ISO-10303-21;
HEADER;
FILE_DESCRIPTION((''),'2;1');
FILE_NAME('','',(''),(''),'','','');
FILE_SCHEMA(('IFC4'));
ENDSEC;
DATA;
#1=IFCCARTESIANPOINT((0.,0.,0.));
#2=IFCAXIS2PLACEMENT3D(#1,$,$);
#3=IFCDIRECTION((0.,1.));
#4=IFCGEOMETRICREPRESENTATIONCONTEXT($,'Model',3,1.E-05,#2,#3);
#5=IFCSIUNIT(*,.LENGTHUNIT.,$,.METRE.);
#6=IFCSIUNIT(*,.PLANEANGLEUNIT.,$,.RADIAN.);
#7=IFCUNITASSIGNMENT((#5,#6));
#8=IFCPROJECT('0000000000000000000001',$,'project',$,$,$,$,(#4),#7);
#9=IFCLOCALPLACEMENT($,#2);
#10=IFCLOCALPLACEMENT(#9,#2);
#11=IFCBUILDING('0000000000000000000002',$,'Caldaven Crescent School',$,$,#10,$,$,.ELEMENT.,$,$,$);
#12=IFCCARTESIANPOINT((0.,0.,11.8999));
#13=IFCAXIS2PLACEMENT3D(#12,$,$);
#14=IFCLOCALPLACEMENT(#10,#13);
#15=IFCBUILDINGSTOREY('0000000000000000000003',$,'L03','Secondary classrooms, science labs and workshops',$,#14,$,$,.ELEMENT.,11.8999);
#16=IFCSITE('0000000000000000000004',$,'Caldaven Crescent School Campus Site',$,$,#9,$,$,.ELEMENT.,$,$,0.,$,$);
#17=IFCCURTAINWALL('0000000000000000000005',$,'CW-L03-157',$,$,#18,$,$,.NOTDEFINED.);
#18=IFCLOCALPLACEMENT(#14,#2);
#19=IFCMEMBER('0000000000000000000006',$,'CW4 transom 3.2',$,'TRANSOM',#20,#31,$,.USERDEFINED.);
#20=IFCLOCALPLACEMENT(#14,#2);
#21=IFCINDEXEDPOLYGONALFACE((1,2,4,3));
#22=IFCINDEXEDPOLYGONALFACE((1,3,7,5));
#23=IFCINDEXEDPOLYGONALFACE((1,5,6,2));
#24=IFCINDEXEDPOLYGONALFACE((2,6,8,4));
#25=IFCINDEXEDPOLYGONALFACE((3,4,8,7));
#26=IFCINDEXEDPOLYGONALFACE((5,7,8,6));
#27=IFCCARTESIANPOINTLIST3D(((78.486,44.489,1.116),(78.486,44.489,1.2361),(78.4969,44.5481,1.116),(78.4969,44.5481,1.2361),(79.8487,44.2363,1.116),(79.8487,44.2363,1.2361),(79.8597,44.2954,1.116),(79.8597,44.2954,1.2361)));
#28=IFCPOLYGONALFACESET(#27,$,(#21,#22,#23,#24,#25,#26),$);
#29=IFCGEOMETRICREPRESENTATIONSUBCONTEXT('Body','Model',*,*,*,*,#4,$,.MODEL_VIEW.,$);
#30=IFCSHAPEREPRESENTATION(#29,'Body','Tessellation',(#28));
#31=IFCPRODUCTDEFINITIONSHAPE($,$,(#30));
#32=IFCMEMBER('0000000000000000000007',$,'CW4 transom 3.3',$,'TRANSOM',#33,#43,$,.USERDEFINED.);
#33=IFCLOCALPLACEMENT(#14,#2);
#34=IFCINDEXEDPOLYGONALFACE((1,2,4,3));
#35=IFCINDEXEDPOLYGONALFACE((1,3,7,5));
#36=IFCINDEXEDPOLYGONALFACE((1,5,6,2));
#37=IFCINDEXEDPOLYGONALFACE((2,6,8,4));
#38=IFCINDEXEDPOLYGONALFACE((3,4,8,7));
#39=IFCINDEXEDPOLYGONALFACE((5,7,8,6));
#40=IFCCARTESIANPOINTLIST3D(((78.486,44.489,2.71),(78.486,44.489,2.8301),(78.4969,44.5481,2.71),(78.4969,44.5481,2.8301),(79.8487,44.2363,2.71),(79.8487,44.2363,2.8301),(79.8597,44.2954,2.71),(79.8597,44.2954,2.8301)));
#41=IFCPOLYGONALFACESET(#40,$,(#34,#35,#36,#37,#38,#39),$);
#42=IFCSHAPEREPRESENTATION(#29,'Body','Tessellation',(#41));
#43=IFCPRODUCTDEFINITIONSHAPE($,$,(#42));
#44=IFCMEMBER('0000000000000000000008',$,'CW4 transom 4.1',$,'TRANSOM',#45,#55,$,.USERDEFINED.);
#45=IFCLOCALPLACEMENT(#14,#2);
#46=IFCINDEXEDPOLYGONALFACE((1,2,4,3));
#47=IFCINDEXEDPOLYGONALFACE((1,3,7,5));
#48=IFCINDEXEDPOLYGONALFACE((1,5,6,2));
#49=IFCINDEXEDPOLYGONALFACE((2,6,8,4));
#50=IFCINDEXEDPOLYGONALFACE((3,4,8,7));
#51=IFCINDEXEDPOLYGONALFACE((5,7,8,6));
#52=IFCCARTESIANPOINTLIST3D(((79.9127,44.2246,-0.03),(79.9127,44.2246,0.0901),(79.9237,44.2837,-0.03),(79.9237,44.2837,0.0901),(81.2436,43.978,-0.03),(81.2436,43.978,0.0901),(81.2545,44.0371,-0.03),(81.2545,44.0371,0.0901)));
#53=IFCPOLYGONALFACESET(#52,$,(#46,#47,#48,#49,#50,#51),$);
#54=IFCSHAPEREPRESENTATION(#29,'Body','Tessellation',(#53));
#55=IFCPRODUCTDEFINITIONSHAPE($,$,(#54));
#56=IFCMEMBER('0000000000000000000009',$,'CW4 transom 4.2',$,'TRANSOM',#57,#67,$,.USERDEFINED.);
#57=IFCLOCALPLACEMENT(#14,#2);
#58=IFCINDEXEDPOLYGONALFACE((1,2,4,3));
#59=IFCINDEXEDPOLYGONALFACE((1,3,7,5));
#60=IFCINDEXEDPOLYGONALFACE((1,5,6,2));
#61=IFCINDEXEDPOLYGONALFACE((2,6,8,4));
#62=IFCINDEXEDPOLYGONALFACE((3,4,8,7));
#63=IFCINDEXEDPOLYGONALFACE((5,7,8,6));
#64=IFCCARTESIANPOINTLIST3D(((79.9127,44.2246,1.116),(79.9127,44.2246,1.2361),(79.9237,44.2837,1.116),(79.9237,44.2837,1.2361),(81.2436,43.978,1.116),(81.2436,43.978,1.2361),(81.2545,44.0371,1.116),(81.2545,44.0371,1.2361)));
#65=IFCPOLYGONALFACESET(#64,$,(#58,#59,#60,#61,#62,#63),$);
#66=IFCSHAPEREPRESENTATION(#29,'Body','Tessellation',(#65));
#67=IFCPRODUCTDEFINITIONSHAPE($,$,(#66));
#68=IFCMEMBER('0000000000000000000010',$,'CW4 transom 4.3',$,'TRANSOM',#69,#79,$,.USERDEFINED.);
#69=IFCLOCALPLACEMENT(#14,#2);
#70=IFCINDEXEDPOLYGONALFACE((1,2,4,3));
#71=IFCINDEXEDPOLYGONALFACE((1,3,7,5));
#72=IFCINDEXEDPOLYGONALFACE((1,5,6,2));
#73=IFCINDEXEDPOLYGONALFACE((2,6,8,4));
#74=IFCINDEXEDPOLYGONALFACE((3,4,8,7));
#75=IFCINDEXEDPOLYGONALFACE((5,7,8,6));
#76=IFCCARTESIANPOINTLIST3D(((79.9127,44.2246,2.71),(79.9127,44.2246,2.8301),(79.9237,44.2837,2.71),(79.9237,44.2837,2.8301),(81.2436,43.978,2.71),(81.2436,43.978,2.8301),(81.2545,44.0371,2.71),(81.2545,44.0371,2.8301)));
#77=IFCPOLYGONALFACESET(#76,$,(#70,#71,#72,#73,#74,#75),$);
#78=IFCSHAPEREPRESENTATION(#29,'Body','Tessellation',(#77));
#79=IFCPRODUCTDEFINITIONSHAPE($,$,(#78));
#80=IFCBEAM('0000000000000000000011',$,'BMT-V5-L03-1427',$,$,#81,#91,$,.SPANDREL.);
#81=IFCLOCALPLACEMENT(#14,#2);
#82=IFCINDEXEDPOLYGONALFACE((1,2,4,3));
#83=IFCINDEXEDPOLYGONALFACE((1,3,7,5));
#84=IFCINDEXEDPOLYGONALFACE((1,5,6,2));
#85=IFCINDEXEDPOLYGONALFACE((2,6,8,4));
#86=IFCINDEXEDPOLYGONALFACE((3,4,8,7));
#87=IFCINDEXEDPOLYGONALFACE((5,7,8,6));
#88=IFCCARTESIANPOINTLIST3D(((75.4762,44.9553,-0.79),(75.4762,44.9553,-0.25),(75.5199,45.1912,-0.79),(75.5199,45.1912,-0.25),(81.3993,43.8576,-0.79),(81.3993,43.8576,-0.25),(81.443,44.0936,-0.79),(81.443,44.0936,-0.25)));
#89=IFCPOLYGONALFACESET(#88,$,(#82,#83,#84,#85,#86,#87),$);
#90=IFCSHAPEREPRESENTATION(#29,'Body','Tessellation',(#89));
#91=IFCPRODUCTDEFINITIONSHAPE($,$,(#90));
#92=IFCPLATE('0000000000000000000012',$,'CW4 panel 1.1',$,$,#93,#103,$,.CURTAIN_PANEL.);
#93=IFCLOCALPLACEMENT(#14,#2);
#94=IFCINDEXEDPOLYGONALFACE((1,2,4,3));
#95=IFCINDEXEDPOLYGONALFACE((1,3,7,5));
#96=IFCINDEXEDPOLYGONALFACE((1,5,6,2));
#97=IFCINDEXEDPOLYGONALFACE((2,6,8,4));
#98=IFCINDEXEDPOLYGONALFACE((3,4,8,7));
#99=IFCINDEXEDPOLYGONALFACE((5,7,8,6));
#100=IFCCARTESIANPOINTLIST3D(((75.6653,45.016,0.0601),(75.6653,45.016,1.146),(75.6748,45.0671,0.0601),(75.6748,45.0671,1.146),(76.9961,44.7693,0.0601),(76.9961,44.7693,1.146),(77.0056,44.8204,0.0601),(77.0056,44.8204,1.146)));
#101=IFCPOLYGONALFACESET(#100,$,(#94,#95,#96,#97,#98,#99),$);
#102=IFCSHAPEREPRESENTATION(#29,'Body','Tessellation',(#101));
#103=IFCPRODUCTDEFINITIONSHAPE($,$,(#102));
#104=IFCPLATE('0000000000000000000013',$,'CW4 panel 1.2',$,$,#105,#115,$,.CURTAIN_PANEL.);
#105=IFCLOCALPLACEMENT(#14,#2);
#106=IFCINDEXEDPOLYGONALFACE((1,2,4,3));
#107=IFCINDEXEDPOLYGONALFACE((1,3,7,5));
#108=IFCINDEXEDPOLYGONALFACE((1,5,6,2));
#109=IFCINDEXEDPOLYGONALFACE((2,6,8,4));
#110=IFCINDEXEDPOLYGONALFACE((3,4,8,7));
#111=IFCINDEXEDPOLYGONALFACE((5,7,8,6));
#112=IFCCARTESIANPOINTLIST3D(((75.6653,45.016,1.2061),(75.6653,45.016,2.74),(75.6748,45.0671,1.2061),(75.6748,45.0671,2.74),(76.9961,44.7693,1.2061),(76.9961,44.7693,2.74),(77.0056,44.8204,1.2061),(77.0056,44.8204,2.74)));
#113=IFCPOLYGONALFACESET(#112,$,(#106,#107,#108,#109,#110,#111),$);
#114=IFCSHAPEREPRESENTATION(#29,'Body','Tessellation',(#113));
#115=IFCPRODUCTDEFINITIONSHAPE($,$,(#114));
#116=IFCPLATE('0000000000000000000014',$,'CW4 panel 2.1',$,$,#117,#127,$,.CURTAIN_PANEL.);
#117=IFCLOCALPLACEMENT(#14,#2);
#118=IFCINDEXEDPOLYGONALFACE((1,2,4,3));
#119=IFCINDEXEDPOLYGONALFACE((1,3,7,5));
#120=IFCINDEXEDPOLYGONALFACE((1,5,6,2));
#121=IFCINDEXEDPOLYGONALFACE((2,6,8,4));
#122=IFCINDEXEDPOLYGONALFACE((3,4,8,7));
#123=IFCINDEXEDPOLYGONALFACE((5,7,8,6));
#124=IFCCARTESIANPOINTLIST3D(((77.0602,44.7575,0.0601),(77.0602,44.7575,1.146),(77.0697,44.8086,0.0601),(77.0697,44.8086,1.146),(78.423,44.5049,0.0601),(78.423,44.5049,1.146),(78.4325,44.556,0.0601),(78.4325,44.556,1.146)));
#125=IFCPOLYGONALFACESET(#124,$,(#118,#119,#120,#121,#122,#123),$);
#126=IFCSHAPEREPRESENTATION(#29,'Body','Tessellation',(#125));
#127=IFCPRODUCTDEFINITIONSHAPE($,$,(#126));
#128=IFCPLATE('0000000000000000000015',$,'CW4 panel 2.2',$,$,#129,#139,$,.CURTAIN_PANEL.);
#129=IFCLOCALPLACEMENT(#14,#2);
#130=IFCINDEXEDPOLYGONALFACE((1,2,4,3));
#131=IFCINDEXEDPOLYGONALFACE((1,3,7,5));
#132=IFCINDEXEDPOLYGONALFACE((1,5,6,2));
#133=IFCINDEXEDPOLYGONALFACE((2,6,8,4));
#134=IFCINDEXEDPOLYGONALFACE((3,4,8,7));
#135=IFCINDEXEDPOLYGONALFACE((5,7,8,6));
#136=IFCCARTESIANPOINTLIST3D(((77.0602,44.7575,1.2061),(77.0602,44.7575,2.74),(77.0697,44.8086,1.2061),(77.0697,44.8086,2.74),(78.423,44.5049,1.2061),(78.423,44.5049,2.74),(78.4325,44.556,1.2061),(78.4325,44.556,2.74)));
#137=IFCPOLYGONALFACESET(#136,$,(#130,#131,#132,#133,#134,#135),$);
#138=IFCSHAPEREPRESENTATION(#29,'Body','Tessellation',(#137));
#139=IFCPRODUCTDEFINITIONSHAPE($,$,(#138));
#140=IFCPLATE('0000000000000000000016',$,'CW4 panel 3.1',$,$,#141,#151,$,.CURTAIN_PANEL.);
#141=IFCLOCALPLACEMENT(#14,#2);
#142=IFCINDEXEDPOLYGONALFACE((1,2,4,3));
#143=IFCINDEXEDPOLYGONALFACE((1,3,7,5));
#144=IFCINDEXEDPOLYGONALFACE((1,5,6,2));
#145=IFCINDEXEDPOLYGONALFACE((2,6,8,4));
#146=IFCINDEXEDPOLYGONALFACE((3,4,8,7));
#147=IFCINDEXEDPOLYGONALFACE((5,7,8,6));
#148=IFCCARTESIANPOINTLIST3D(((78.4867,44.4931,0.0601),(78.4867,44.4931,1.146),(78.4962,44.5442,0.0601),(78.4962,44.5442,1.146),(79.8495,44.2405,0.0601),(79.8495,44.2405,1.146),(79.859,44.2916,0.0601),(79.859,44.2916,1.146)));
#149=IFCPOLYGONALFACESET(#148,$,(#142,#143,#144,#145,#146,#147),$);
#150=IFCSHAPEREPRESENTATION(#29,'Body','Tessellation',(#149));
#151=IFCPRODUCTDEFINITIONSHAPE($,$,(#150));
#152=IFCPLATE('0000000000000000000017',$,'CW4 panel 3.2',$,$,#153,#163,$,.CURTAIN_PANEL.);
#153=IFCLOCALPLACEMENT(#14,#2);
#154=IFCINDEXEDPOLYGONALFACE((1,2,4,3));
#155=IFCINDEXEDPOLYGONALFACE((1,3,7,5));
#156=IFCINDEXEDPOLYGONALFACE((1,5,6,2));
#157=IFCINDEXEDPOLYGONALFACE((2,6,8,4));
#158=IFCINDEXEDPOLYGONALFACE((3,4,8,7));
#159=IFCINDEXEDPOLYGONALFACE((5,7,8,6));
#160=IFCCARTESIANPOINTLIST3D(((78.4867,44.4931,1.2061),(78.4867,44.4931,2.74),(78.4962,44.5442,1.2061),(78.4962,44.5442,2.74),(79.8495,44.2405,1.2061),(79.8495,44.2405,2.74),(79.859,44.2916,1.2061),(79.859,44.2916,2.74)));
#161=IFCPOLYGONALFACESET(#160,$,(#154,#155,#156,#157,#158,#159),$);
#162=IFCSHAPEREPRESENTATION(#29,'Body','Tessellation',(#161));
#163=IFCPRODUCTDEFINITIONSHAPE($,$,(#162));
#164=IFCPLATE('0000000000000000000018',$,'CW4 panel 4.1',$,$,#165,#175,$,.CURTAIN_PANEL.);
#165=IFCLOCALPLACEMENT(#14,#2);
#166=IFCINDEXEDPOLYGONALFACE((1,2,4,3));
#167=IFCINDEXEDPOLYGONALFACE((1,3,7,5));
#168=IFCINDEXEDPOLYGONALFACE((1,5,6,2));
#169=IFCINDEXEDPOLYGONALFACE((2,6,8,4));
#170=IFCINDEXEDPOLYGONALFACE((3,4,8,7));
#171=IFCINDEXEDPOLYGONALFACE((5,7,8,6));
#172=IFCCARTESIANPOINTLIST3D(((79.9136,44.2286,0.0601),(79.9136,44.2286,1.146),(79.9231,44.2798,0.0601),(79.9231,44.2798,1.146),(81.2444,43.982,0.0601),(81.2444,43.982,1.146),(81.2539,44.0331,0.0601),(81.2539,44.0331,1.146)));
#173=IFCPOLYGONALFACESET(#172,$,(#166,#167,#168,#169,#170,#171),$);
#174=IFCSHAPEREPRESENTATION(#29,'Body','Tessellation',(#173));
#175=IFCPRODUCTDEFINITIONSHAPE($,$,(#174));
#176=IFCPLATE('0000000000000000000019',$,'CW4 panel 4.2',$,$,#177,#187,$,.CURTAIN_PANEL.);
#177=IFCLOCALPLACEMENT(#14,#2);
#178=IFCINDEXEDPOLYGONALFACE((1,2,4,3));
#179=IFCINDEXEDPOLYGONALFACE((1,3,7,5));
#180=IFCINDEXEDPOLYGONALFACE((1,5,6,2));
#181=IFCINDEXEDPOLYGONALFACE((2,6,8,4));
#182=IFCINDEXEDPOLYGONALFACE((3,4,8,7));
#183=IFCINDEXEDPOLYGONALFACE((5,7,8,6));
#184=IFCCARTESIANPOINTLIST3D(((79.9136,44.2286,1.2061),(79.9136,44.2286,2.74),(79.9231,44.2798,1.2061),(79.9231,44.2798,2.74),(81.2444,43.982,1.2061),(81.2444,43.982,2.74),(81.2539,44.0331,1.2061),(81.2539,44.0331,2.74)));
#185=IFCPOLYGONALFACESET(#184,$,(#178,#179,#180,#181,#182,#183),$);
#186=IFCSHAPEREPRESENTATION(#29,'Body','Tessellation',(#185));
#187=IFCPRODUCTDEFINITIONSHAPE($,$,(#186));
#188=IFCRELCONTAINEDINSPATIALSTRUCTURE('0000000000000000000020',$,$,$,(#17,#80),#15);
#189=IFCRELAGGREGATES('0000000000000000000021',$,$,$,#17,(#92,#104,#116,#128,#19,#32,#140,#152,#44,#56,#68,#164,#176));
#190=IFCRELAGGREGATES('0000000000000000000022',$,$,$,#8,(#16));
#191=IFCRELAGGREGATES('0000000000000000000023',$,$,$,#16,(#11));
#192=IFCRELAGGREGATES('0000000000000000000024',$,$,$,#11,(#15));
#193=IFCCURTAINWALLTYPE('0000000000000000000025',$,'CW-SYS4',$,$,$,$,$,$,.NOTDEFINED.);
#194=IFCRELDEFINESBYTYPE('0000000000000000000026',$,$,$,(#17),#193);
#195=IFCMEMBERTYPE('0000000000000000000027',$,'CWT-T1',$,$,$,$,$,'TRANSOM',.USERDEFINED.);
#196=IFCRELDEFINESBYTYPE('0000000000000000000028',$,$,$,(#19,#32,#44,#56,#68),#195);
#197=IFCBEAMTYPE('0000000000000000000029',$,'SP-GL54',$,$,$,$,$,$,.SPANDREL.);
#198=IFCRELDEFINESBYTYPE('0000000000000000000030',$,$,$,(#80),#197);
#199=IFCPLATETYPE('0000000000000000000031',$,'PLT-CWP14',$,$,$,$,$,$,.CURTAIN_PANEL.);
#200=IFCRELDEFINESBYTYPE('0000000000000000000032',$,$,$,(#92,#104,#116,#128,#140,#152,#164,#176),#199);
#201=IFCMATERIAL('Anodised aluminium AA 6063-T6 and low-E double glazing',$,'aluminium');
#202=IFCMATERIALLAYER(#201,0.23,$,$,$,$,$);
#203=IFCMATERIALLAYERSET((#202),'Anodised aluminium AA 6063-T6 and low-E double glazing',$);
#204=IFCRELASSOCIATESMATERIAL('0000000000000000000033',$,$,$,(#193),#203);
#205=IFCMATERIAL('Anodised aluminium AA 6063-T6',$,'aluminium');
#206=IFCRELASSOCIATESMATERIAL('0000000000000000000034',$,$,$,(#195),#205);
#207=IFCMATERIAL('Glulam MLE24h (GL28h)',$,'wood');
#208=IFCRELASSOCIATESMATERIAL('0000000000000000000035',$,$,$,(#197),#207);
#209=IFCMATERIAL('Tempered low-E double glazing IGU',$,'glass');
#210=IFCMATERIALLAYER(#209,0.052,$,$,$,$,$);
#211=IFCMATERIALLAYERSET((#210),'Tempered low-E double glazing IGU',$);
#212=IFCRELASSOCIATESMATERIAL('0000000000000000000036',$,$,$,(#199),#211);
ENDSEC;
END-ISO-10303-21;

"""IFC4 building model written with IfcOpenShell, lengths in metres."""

from ifc_helpers import new_model, si_unit, direction, frame, origin, origin_2d, place, context, subcontext, project, spatial, rectangle, extrude, material, layer, layer_set, material_profile, profile_set, type_object, element, aggregate, save


model = new_model("IFC4")

# Units and contexts
model_context = context("Model", 3, precision=1e-05, world=origin(), true_north=direction((0.0, 1.0)))
body_context = subcontext(model_context, "Body", "Model", "MODEL_VIEW")
ifc_project = project(units=[si_unit("LENGTHUNIT", "METRE"), si_unit("PLANEANGLEUNIT", "RADIAN")], contexts=[model_context])

# Site, building, storey
site_placement = place(None, origin())
site = spatial("IfcSite", under=ifc_project, at=site_placement, Name="Caldaven Crescent School Campus Site", CompositionType="ELEMENT", RefElevation=0.0)
building_placement = place(site_placement, origin())
building = spatial("IfcBuilding", under=site, at=building_placement, Name="Caldaven Crescent School", CompositionType="ELEMENT")
storey_placement = place(building_placement, frame((0.0, 0.0, 11.8999)))
storey = spatial("IfcBuildingStorey", under=building, at=storey_placement, Name="L03", Description="Secondary classrooms, science labs and workshops", CompositionType="ELEMENT", Elevation=11.8999)

# Shared definitions
ifc_material_1 = material(Name="Glulam MLE24h (GL28h)", Category="wood")

# Shared definitions
ifc_material_2 = material(Name="Anodised aluminium AA 6063-T6 and low-E double glazing", Category="aluminium")
ifc_material_3 = material(Name="Anodised aluminium AA 6063-T6", Category="aluminium")

# Curtain wall, members
ifc_layer_1 = layer(ifc_material_2, 0.23)
ifc_layer_set_1 = layer_set([ifc_layer_1], Name="Anodised aluminium AA 6063-T6 and low-E double glazing")
curtain_wall_type_1 = type_object("IfcCurtainWallType", Name="CW-SYS4", PredefinedType="NOTDEFINED", material=ifc_layer_set_1)
curtain_wall_1_placement = place(storey_placement, origin())
curtain_wall_1 = element("IfcCurtainWall", 1, at=curtain_wall_1_placement, inside=storey, type_object=curtain_wall_type_1, Name="CW-L03-157", PredefinedType="NOTDEFINED")
ifc_material_profile_1 = material_profile(ifc_material_3, rectangle(XDim=0.0601, YDim=0.1201, at=origin_2d()), Name="CWT 60x120")
ifc_profile_set_1 = profile_set([ifc_material_profile_1], Name="Anodised aluminium AA 6063-T6")
member_type_1 = type_object("IfcMemberType", Name="CWT-T1", ElementType="TRANSOM", PredefinedType="USERDEFINED", material=ifc_profile_set_1)
member_1_placement = place(storey_placement, frame((78.4915, 44.5186, 1.176), z_axis=(0.983241, -0.18231, 0.0), x_axis=(0.18231, 0.983241, 0.0)))
member_1 = element("IfcMember", 2, at=member_1_placement, type_object=member_type_1, Name="CW4 transom 3.2", ObjectType="TRANSOM", PredefinedType="USERDEFINED", context=body_context, shape_type="SweptSolid", body=[
    extrude(rectangle(XDim=0.0601, YDim=0.1201, at=origin_2d()), origin(), (0.0, 0.0, 1.0), 1.386),
])
member_2_placement = place(storey_placement, frame((78.4915, 44.5186, 2.77), z_axis=(0.983241, -0.18231, 0.0), x_axis=(0.18231, 0.983241, 0.0)))
member_2 = element("IfcMember", 3, at=member_2_placement, type_object=member_type_1, Name="CW4 transom 3.3", ObjectType="TRANSOM", PredefinedType="USERDEFINED", context=body_context, shape_type="SweptSolid", body=[
    extrude(rectangle(XDim=0.0601, YDim=0.1201, at=origin_2d()), origin(), (0.0, 0.0, 1.0), 1.386),
])
member_3_placement = place(storey_placement, frame((79.9182, 44.2542, 0.03), z_axis=(0.983264, -0.182186, 0.0), x_axis=(0.182186, 0.983264, 0.0)))
member_3 = element("IfcMember", 4, at=member_3_placement, type_object=member_type_1, Name="CW4 transom 4.1", ObjectType="TRANSOM", PredefinedType="USERDEFINED", context=body_context, shape_type="SweptSolid", body=[
    extrude(rectangle(XDim=0.0601, YDim=0.1201, at=origin_2d()), origin(), (0.0, 0.0, 1.0), 1.3535),
])
member_4_placement = place(storey_placement, frame((79.9182, 44.2542, 1.176), z_axis=(0.983264, -0.182186, 0.0), x_axis=(0.182186, 0.983264, 0.0)))
member_4 = element("IfcMember", 5, at=member_4_placement, type_object=member_type_1, Name="CW4 transom 4.2", ObjectType="TRANSOM", PredefinedType="USERDEFINED", context=body_context, shape_type="SweptSolid", body=[
    extrude(rectangle(XDim=0.0601, YDim=0.1201, at=origin_2d()), origin(), (0.0, 0.0, 1.0), 1.3535),
])
member_5_placement = place(storey_placement, frame((79.9182, 44.2542, 2.77), z_axis=(0.983264, -0.182186, 0.0), x_axis=(0.182186, 0.983264, 0.0)))
member_5 = element("IfcMember", 6, at=member_5_placement, type_object=member_type_1, Name="CW4 transom 4.3", ObjectType="TRANSOM", PredefinedType="USERDEFINED", context=body_context, shape_type="SweptSolid", body=[
    extrude(rectangle(XDim=0.0601, YDim=0.1201, at=origin_2d()), origin(), (0.0, 0.0, 1.0), 1.3535),
])

# Beam
ifc_material_profile_2 = material_profile(ifc_material_1, rectangle(XDim=0.24, YDim=0.54, at=origin_2d()), Name="MLE 240x540")
ifc_profile_set_2 = profile_set([ifc_material_profile_2], Name="Glulam MLE24h (GL28h)")
beam_type_1 = type_object("IfcBeamType", Name="SP-GL54", PredefinedType="SPANDREL", material=ifc_profile_set_2)
beam_1_placement = place(storey_placement, frame((75.498, 45.0732, -0.52), z_axis=(0.983259, -0.182216, 0.0), x_axis=(0.182216, 0.983259, 0.0)))
element("IfcBeam", 7, at=beam_1_placement, inside=storey, type_object=beam_type_1, Name="BMT-V5-L03-1427", PredefinedType="SPANDREL", context=body_context, shape_type="SweptSolid", body=[
    extrude(rectangle(XDim=0.24, YDim=0.54, at=origin_2d()), origin(), (0.0, 0.0, 1.0), 6.0239),
])

# Plates
ifc_material_4 = material(Name="Tempered low-E double glazing IGU", Category="glass")
ifc_layer_2 = layer(ifc_material_4, 0.052)
ifc_layer_set_2 = layer_set([ifc_layer_2], Name="Tempered low-E double glazing IGU")
plate_type = type_object("IfcPlateType", Name="PLT-CWP14", PredefinedType="CURTAIN_PANEL", material=ifc_layer_set_2)
plate_1_placement = place(storey_placement, frame((76.3354, 44.9182, 0.0601), z_axis=(0.0, 0.0, 1.0), x_axis=(0.983255, -0.182236, 0.0)))
plate_1 = element("IfcPlate", 8, at=plate_1_placement, type_object=plate_type, Name="CW4 panel 1.1", PredefinedType="CURTAIN_PANEL", context=body_context, shape_type="SweptSolid", body=[
    extrude(rectangle(XDim=1.3535, YDim=0.052, at=origin_2d()), origin(), (0.0, 0.0, 1.0), 1.0859),
])
plate_2_placement = place(storey_placement, frame((76.3354, 44.9182, 1.2061), z_axis=(0.0, 0.0, 1.0), x_axis=(0.983255, -0.182236, 0.0)))
plate_2 = element("IfcPlate", 9, at=plate_2_placement, type_object=plate_type, Name="CW4 panel 1.2", PredefinedType="CURTAIN_PANEL", context=body_context, shape_type="SweptSolid", body=[
    extrude(rectangle(XDim=1.3535, YDim=0.052, at=origin_2d()), origin(), (0.0, 0.0, 1.0), 1.5339),
])
plate_3_placement = place(storey_placement, frame((77.7463, 44.6567, 0.0601), z_axis=(0.0, 0.0, 1.0), x_axis=(0.983255, -0.182236, 0.0)))
plate_3 = element("IfcPlate", 10, at=plate_3_placement, type_object=plate_type, Name="CW4 panel 2.1", PredefinedType="CURTAIN_PANEL", context=body_context, shape_type="SweptSolid", body=[
    extrude(rectangle(XDim=1.386, YDim=0.052, at=origin_2d()), origin(), (0.0, 0.0, 1.0), 1.0859),
])
plate_4_placement = place(storey_placement, frame((77.7463, 44.6567, 1.2061), z_axis=(0.0, 0.0, 1.0), x_axis=(0.983255, -0.182236, 0.0)))
plate_4 = element("IfcPlate", 11, at=plate_4_placement, type_object=plate_type, Name="CW4 panel 2.2", PredefinedType="CURTAIN_PANEL", context=body_context, shape_type="SweptSolid", body=[
    extrude(rectangle(XDim=1.386, YDim=0.052, at=origin_2d()), origin(), (0.0, 0.0, 1.0), 1.5339),
])
plate_5_placement = place(storey_placement, frame((79.1729, 44.3923, 0.0601), z_axis=(0.0, 0.0, 1.0), x_axis=(0.983255, -0.182236, 0.0)))
plate_5 = element("IfcPlate", 12, at=plate_5_placement, type_object=plate_type, Name="CW4 panel 3.1", PredefinedType="CURTAIN_PANEL", context=body_context, shape_type="SweptSolid", body=[
    extrude(rectangle(XDim=1.386, YDim=0.052, at=origin_2d()), origin(), (0.0, 0.0, 1.0), 1.0859),
])
plate_6_placement = place(storey_placement, frame((79.1729, 44.3923, 1.2061), z_axis=(0.0, 0.0, 1.0), x_axis=(0.983255, -0.182236, 0.0)))
plate_6 = element("IfcPlate", 13, at=plate_6_placement, type_object=plate_type, Name="CW4 panel 3.2", PredefinedType="CURTAIN_PANEL", context=body_context, shape_type="SweptSolid", body=[
    extrude(rectangle(XDim=1.386, YDim=0.052, at=origin_2d()), origin(), (0.0, 0.0, 1.0), 1.5339),
])
plate_7_placement = place(storey_placement, frame((80.5837, 44.1309, 0.0601), z_axis=(0.0, 0.0, 1.0), x_axis=(0.983255, -0.182236, 0.0)))
plate_7 = element("IfcPlate", 14, at=plate_7_placement, type_object=plate_type, Name="CW4 panel 4.1", PredefinedType="CURTAIN_PANEL", context=body_context, shape_type="SweptSolid", body=[
    extrude(rectangle(XDim=1.3535, YDim=0.052, at=origin_2d()), origin(), (0.0, 0.0, 1.0), 1.0859),
])
plate_8_placement = place(storey_placement, frame((80.5837, 44.1309, 1.2061), z_axis=(0.0, 0.0, 1.0), x_axis=(0.983255, -0.182236, 0.0)))
plate_8 = element("IfcPlate", 15, at=plate_8_placement, type_object=plate_type, Name="CW4 panel 4.2", PredefinedType="CURTAIN_PANEL", context=body_context, shape_type="SweptSolid", body=[
    extrude(rectangle(XDim=1.3535, YDim=0.052, at=origin_2d()), origin(), (0.0, 0.0, 1.0), 1.5339),
])
aggregate(curtain_wall_1, [plate_1, plate_2, plate_3, plate_4, member_1, member_2, plate_5, plate_6, member_3, member_4, member_5, plate_7, plate_8])

save(model, "model.ifc")
